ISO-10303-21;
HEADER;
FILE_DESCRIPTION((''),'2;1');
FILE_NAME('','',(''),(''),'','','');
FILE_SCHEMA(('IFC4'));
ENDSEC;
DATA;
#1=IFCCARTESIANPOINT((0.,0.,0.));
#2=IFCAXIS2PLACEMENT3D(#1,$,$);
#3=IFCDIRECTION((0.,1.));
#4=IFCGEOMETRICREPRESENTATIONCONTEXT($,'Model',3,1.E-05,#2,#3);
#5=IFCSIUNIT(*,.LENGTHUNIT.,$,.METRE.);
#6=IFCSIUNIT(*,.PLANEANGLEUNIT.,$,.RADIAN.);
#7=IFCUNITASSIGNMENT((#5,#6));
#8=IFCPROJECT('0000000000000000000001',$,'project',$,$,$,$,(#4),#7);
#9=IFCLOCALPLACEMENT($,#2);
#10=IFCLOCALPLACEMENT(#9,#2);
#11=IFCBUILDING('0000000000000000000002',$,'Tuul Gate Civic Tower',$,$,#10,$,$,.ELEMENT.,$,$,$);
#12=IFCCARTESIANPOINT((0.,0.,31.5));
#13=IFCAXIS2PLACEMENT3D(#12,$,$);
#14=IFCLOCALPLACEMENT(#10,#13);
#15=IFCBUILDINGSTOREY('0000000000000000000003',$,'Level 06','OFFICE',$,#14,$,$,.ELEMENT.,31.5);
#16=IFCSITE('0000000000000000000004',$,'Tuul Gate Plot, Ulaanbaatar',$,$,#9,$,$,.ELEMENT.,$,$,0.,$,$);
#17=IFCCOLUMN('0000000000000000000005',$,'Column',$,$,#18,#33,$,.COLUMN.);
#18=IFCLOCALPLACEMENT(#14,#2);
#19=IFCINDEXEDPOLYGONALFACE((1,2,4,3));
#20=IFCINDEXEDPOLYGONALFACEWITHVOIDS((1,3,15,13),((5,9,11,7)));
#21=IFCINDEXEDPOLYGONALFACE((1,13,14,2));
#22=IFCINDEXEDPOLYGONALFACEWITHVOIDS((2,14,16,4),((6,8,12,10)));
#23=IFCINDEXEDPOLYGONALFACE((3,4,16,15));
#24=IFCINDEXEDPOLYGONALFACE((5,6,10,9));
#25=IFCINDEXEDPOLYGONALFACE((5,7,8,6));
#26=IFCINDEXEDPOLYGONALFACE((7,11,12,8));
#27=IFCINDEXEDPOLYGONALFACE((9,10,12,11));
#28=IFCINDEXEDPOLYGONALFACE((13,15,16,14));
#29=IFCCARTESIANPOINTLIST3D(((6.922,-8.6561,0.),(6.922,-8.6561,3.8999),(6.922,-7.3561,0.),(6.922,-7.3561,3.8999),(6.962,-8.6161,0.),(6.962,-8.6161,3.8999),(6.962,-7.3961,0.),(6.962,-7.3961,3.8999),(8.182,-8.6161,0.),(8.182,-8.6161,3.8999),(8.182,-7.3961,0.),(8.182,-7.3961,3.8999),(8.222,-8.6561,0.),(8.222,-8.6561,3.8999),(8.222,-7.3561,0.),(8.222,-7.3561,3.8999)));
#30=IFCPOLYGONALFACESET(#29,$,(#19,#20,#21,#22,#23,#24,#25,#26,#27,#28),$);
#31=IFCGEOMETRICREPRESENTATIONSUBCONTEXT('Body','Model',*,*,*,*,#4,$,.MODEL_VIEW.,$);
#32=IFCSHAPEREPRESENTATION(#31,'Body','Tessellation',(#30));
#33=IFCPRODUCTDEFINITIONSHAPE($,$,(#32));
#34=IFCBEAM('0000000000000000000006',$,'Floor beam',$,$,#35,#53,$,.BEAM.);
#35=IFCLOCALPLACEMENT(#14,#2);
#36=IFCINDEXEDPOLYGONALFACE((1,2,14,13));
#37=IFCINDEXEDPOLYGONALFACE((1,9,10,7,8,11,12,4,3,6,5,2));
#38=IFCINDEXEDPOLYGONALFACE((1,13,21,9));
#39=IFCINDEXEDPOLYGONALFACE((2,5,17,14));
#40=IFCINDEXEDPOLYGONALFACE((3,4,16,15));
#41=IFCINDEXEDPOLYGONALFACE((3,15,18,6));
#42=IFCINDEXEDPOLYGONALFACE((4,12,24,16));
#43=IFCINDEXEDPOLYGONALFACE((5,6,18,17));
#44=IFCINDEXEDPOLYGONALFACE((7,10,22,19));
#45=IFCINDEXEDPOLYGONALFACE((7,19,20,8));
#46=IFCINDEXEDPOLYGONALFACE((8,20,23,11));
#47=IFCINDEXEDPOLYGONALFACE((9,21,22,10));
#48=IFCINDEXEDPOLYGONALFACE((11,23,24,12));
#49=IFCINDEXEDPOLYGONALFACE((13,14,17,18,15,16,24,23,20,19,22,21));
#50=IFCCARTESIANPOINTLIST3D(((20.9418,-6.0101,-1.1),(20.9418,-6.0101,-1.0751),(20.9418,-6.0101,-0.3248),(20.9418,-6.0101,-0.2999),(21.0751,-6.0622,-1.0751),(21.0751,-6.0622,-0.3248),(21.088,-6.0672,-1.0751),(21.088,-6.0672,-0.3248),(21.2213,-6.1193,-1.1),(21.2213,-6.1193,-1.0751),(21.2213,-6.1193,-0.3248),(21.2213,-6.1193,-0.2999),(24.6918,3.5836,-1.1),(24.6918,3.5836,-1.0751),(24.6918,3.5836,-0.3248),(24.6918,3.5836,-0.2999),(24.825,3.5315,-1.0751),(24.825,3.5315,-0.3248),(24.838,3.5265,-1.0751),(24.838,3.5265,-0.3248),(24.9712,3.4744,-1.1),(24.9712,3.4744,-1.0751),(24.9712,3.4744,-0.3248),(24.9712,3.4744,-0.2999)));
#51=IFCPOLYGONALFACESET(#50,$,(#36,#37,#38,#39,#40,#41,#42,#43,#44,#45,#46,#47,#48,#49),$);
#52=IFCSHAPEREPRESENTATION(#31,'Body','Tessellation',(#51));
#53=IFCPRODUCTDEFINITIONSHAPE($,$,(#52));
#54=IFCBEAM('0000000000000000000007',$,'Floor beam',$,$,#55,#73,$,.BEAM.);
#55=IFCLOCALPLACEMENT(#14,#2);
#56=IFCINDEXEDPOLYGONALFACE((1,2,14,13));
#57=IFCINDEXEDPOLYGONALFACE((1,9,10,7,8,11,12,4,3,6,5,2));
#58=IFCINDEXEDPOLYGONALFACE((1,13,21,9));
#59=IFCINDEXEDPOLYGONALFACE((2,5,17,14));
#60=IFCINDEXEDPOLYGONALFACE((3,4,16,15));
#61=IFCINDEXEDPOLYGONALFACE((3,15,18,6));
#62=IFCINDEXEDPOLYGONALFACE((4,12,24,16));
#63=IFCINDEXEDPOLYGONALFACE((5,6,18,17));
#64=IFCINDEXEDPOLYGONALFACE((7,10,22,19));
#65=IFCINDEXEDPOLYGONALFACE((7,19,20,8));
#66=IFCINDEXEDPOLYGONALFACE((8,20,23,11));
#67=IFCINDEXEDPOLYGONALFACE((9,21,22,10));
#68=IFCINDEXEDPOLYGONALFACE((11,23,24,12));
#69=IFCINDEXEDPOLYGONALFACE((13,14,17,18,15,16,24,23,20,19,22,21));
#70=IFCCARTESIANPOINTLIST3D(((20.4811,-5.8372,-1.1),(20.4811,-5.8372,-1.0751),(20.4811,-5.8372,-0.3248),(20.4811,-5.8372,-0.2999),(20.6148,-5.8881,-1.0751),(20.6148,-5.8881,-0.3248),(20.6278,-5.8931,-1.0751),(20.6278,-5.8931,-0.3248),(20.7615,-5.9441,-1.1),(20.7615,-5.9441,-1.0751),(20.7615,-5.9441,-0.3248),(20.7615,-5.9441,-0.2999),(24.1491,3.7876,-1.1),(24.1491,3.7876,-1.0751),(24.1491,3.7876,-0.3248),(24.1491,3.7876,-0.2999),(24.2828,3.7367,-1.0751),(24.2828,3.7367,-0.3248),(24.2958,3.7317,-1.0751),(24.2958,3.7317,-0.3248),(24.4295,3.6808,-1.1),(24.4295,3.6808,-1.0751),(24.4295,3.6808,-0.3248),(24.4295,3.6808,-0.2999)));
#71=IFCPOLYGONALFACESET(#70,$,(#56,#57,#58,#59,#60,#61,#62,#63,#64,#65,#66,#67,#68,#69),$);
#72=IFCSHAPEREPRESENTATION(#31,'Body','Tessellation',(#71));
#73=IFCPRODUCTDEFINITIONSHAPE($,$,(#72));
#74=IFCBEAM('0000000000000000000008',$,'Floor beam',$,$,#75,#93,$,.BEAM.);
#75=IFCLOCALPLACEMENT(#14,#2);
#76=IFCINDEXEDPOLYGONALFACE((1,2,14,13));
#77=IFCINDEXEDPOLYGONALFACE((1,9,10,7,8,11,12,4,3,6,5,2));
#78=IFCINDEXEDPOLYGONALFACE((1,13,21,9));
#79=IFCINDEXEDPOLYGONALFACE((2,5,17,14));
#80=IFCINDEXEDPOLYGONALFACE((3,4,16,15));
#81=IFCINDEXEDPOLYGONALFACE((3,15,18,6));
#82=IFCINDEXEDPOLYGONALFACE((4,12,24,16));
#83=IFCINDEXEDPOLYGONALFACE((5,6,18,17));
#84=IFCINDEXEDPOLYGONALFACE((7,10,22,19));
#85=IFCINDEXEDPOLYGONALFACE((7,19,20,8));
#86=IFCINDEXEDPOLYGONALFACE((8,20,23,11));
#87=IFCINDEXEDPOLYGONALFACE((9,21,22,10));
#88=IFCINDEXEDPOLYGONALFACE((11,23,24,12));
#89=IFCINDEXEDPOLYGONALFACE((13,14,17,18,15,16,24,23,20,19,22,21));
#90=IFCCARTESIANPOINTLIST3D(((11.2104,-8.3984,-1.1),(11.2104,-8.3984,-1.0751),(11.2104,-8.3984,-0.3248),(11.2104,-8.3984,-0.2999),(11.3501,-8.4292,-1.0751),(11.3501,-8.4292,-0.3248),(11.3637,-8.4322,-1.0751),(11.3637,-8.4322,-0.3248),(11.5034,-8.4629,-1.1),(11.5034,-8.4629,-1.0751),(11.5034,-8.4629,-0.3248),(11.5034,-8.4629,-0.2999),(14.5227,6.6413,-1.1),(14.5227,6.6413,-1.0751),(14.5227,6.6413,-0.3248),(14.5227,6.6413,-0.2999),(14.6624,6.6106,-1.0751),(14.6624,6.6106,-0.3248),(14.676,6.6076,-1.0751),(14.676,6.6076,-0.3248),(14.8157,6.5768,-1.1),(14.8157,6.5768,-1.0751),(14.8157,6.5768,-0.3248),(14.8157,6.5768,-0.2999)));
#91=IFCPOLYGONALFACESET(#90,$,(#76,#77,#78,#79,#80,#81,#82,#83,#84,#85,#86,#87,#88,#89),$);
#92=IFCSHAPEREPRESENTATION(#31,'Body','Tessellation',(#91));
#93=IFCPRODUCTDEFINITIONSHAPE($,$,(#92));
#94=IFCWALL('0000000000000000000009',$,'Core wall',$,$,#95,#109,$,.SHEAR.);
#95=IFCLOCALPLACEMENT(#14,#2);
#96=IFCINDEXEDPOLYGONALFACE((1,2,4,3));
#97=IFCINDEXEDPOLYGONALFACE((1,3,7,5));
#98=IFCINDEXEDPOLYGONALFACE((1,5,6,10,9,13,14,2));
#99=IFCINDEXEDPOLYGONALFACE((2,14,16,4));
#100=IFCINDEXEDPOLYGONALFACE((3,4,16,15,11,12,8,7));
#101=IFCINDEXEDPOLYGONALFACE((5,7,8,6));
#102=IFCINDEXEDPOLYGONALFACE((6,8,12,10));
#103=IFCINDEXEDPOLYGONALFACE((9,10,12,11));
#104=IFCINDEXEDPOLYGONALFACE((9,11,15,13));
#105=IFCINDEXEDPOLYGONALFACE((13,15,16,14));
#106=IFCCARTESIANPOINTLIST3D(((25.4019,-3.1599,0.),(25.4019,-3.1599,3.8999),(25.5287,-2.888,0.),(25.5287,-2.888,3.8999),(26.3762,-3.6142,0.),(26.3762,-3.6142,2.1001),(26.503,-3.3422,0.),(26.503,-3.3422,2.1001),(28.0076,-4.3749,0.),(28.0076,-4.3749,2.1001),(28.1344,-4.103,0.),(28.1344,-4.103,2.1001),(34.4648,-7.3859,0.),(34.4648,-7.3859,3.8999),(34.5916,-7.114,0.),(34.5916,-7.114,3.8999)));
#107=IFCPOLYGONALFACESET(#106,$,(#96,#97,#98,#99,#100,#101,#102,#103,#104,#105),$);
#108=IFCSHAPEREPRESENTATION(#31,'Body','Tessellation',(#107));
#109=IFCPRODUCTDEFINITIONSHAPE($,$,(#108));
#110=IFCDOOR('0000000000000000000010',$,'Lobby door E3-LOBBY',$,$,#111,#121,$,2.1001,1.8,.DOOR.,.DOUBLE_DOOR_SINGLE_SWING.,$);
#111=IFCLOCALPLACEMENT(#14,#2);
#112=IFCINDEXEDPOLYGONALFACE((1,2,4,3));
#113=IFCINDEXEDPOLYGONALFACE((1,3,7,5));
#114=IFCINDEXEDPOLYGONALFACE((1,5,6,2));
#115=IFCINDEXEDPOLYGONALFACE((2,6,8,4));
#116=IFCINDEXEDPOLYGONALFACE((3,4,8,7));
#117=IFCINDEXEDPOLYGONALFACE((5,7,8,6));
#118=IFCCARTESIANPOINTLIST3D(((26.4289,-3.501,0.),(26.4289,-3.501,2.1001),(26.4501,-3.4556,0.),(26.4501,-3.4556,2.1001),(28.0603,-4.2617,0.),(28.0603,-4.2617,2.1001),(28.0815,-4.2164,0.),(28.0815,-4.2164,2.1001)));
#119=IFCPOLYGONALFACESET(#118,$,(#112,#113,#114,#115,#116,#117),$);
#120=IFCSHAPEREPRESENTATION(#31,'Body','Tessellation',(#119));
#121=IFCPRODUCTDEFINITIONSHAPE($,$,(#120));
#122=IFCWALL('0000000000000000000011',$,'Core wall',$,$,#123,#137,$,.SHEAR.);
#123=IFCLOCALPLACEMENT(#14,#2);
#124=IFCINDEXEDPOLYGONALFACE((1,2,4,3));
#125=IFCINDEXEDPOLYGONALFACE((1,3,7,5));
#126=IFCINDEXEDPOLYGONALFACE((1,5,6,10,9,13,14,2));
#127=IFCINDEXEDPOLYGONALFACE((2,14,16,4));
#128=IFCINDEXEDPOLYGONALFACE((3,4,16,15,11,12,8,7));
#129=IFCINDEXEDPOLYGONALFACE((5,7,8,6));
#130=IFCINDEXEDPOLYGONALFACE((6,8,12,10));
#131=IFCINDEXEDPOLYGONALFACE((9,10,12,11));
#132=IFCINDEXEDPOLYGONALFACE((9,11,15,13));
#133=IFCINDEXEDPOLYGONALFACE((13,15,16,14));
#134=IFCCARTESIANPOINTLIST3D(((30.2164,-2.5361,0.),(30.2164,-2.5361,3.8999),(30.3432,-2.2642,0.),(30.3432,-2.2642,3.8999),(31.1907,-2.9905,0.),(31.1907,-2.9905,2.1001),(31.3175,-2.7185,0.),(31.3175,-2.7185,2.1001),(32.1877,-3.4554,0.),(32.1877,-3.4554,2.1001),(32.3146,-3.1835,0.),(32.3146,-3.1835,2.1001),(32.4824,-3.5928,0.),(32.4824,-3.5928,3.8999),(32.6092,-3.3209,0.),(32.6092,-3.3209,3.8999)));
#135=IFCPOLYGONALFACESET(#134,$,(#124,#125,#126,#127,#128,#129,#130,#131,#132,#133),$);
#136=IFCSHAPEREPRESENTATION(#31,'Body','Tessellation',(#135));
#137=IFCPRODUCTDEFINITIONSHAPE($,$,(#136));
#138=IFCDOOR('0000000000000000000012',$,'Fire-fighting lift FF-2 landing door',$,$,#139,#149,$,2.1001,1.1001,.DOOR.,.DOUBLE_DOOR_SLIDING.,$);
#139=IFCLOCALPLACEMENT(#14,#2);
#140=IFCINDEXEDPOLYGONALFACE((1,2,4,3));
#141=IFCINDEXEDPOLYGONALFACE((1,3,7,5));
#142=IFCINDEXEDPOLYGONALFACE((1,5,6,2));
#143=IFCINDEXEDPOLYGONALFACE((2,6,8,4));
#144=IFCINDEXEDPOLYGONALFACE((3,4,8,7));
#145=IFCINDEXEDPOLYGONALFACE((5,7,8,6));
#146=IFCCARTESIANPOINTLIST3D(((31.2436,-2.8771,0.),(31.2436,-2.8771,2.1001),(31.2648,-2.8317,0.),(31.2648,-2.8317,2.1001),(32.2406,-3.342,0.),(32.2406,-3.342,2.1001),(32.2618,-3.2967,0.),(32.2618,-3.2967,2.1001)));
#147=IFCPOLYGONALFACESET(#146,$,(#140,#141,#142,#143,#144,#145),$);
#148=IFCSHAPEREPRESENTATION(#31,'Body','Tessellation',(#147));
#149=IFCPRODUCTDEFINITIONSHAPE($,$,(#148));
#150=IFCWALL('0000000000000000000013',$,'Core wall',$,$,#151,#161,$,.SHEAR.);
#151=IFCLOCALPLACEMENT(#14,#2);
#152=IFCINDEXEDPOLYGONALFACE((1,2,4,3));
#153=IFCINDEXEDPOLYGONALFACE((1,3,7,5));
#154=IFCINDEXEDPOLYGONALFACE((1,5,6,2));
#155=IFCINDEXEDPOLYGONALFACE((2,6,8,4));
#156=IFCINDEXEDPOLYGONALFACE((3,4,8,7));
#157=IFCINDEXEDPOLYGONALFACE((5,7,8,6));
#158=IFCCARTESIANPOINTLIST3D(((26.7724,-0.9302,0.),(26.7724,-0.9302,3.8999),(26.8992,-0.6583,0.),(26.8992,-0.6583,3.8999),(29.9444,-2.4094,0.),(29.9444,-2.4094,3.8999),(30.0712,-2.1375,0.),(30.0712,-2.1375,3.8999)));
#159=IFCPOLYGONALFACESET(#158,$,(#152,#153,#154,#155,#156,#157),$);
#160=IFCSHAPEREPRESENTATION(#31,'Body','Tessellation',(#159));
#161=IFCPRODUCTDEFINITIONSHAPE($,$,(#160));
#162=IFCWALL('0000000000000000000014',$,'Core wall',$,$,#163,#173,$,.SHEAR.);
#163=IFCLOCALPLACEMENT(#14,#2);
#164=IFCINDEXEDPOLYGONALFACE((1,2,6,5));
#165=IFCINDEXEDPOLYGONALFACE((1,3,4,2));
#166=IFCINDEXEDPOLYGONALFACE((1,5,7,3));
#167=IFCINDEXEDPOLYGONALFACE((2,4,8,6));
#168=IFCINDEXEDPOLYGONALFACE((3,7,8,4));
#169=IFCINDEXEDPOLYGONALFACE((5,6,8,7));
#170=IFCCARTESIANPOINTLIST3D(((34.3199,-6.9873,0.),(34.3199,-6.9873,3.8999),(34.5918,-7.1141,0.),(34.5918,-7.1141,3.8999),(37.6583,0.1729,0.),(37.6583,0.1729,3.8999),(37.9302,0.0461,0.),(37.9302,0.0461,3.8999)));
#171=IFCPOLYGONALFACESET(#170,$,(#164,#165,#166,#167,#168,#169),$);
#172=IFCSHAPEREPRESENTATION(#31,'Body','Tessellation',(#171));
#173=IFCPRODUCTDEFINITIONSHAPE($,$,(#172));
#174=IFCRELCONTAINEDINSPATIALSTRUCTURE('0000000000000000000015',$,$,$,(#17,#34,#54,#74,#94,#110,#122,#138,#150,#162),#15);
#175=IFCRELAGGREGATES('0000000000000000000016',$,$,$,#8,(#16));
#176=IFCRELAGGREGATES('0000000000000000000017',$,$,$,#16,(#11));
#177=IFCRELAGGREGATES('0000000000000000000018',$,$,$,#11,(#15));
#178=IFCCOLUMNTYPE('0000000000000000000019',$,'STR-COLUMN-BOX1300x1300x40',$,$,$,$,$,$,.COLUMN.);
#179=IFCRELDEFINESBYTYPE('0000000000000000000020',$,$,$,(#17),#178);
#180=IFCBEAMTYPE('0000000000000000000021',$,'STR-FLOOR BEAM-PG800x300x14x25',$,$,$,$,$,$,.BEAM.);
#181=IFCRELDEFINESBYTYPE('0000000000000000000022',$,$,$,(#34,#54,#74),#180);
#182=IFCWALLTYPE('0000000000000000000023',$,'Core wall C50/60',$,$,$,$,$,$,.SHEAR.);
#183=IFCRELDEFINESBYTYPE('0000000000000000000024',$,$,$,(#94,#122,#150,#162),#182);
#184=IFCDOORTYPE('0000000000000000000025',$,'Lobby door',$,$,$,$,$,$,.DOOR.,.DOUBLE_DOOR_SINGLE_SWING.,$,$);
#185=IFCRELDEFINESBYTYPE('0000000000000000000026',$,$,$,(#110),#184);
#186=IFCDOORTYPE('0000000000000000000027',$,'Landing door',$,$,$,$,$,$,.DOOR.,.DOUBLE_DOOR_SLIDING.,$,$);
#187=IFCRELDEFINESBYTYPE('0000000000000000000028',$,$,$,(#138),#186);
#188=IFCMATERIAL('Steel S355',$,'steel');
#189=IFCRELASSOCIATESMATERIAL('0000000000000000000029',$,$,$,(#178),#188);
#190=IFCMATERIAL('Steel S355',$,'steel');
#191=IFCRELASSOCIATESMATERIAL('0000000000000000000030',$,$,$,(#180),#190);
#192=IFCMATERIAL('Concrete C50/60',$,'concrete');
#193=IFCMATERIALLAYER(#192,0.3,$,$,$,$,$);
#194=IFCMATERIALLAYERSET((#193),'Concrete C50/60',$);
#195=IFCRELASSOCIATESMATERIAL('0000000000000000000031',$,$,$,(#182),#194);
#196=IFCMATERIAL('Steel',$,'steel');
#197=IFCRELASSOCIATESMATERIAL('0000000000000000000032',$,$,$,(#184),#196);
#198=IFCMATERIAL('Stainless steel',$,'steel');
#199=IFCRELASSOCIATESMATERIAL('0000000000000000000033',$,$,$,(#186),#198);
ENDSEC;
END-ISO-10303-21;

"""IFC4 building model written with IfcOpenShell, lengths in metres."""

from ifc_helpers import new_model, si_unit, direction, frame, frame_2d, origin, origin_2d, place, context, subcontext, project, spatial, rectangle, hollow_rectangle, i_section, extrude, material, layer, layer_set, material_profile, profile_set, type_object, element, fill, save


model = new_model("IFC4")

# Units and contexts
model_context = context("Model", 3, precision=1e-05, world=origin(), true_north=direction((0.0, 1.0)))
body_context = subcontext(model_context, "Body", "Model", "MODEL_VIEW")
ifc_project = project(units=[si_unit("LENGTHUNIT", "METRE"), si_unit("PLANEANGLEUNIT", "RADIAN")], contexts=[model_context])

# Site, building, storey
site_placement = place(None, origin())
site = spatial("IfcSite", under=ifc_project, at=site_placement, Name="Tuul Gate Plot, Ulaanbaatar", CompositionType="ELEMENT", RefElevation=0.0)
building_placement = place(site_placement, origin())
building = spatial("IfcBuilding", under=site, at=building_placement, Name="Tuul Gate Civic Tower", CompositionType="ELEMENT")
storey_placement = place(building_placement, frame((0.0, 0.0, 31.5)))
storey = spatial("IfcBuildingStorey", under=building, at=storey_placement, Name="Level 06", Description="OFFICE", CompositionType="ELEMENT", Elevation=31.5)

# Column
ifc_material_1 = material(Name="Steel S355", Category="steel")
ifc_material_profile_1 = material_profile(ifc_material_1, hollow_rectangle(XDim=1.3, YDim=1.3, WallThickness=0.04, at=origin_2d()), Name="BOX1300x1300x40")
ifc_profile_set_1 = profile_set([ifc_material_profile_1], Name="Steel S355")
column_type = type_object("IfcColumnType", Name="STR-COLUMN-BOX1300x1300x40", PredefinedType="COLUMN", material=ifc_profile_set_1)
column_placement = place(storey_placement, frame((7.572, -8.0061, 0.0), z_axis=(0.0, 0.0, 1.0), x_axis=(1.0, 0.0, 0.0)))
element("IfcColumn", 1, at=column_placement, inside=storey, type_object=column_type, Name="Column", PredefinedType="COLUMN", context=body_context, shape_type="SweptSolid", body=[
    extrude(hollow_rectangle(XDim=1.3, YDim=1.3, WallThickness=0.04, at=origin_2d()), origin(), (0.0, 0.0, 1.0), 3.8999),
])

# Beams
ifc_material_2 = material(Name="Steel S355", Category="steel")
ifc_material_profile_2 = material_profile(ifc_material_2, i_section(OverallWidth=0.3, OverallDepth=0.8, WebThickness=0.0139, FlangeThickness=0.0249, at=origin_2d()), Name="PG800x300x14x25")
ifc_profile_set_2 = profile_set([ifc_material_profile_2], Name="Steel S355")
beam_type = type_object("IfcBeamType", Name="STR-FLOOR BEAM-PG800x300x14x25", PredefinedType="BEAM", material=ifc_profile_set_2)
beam_1_placement = place(storey_placement, frame((21.0815, -6.0647, -0.7), z_axis=(0.364056, 0.931377, 0.0), x_axis=(-0.931377, 0.364056, 0.0)))
element("IfcBeam", 2, at=beam_1_placement, inside=storey, type_object=beam_type, Name="Floor beam", PredefinedType="BEAM", context=body_context, shape_type="SweptSolid", body=[
    extrude(i_section(OverallWidth=0.3, OverallDepth=0.8, WebThickness=0.0139, FlangeThickness=0.0249, at=origin_2d()), origin(), (0.0, 0.0, 1.0), 10.3005),
])
beam_2_placement = place(storey_placement, frame((20.6213, -5.8906, -0.7), z_axis=(0.356114, 0.934443, 0.0), x_axis=(-0.934443, 0.356114, 0.0)))
element("IfcBeam", 3, at=beam_2_placement, inside=storey, type_object=beam_type, Name="Floor beam", PredefinedType="BEAM", context=body_context, shape_type="SweptSolid", body=[
    extrude(i_section(OverallWidth=0.3, OverallDepth=0.8, WebThickness=0.0139, FlangeThickness=0.0249, at=origin_2d()), origin(), (0.0, 0.0, 1.0), 10.3),
])
beam_3_placement = place(storey_placement, frame((11.3569, -8.4307, -0.7), z_axis=(0.215079, 0.976597, 0.0), x_axis=(-0.976597, 0.215079, 0.0)))
element("IfcBeam", 4, at=beam_3_placement, inside=storey, type_object=beam_type, Name="Floor beam", PredefinedType="BEAM", context=body_context, shape_type="SweptSolid", body=[
    extrude(i_section(OverallWidth=0.3, OverallDepth=0.8, WebThickness=0.0139, FlangeThickness=0.0249, at=origin_2d()), origin(), (0.0, 0.0, 1.0), 15.4001),
])

# Walls, openings, doors
ifc_material_3 = material(Name="Concrete C50/60", Category="concrete")
ifc_layer_1 = layer(ifc_material_3, 0.3)
ifc_layer_set_1 = layer_set([ifc_layer_1], Name="Concrete C50/60")
wall_type_1 = type_object("IfcWallType", Name="Core wall C50/60", PredefinedType="SHEAR", material=ifc_layer_set_1)
wall_1_placement = place(storey_placement, frame((34.5283, -7.25, 0.0), z_axis=(0.0, 0.0, 1.0), x_axis=(-0.90631, 0.422613, 0.0)))
wall_1 = element("IfcWall", 5, at=wall_1_placement, inside=storey, type_object=wall_type_1, Name="Core wall", PredefinedType="SHEAR", context=body_context, shape_type="SweptSolid", body=[
    extrude(rectangle(XDim=9.9998, YDim=0.3, at=frame_2d((5.0, 0.0))), origin(), (0.0, 0.0, 1.0), 3.8999),
])
opening_1_placement = place(wall_1_placement, frame((7.125, 0.0, 0.0)))
opening_1 = element("IfcOpeningElement", 6, at=opening_1_placement, cuts=wall_1, PredefinedType="OPENING", context=body_context, shape_type="SweptSolid", body=[
    extrude(rectangle(XDim=1.8, YDim=2.1001, at=frame_2d((0.8999, 1.05))), frame((0.0, 0.1602, 0.0), z_axis=(0.0, -1.0, 0.0), x_axis=(1.0, 0.0, 0.0)), (0.0, 0.0, 1.0), 0.3201),
])
ifc_material_4 = material(Name="Steel", Category="steel")
door_type_1 = type_object("IfcDoorType", Name="Lobby door", OperationType="DOUBLE_DOOR_SINGLE_SWING", PredefinedType="DOOR", material=ifc_material_4)
door_1_placement = place(opening_1_placement, frame((1.8, 0.0, 0.0), z_axis=(0.0, 0.0, 1.0), x_axis=(-1.0, 0.0, 0.0)))
door_1 = element("IfcDoor", 7, at=door_1_placement, inside=storey, type_object=door_type_1, Name="Lobby door E3-LOBBY", OperationType="DOUBLE_DOOR_SINGLE_SWING", OverallHeight=2.1001, OverallWidth=1.8, PredefinedType="DOOR", context=body_context, shape_type="SweptSolid", body=[
    extrude(rectangle(XDim=1.8, YDim=2.1001, at=frame_2d((0.9001, 1.05))), frame((0.0, 0.0249, 0.0), z_axis=(0.0, -1.0, 0.0), x_axis=(1.0, 0.0, 0.0)), (0.0, 0.0, 1.0), 0.05),
])
fill(opening_1, door_1)
wall_2_placement = place(storey_placement, frame((32.5457, -3.4568, 0.0), z_axis=(0.0, 0.0, 1.0), x_axis=(-0.9063, 0.422634, 0.0)))
wall_2 = element("IfcWall", 8, at=wall_2_placement, inside=storey, type_object=wall_type_1, Name="Core wall", PredefinedType="SHEAR", context=body_context, shape_type="SweptSolid", body=[
    extrude(rectangle(XDim=2.5002, YDim=0.3, at=frame_2d((1.25, 0.0))), origin(), (0.0, 0.0, 1.0), 3.8999),
])
opening_2_placement = place(wall_2_placement, frame((0.325, 0.0, 0.0)))
opening_2 = element("IfcOpeningElement", 9, at=opening_2_placement, cuts=wall_2, PredefinedType="OPENING", context=body_context, shape_type="SweptSolid", body=[
    extrude(rectangle(XDim=1.1001, YDim=2.1001, at=frame_2d((0.55, 1.05))), frame((0.0, 0.1602, 0.0), z_axis=(0.0, -1.0, 0.0), x_axis=(1.0, 0.0, 0.0)), (0.0, 0.0, 1.0), 0.3201),
])
ifc_material_5 = material(Name="Stainless steel", Category="steel")
door_type_2 = type_object("IfcDoorType", Name="Landing door", OperationType="DOUBLE_DOOR_SLIDING", PredefinedType="DOOR", material=ifc_material_5)
door_2_placement = place(opening_2_placement, origin())
door_2 = element("IfcDoor", 10, at=door_2_placement, inside=storey, type_object=door_type_2, Name="Fire-fighting lift FF-2 landing door", OperationType="DOUBLE_DOOR_SLIDING", OverallHeight=2.1001, OverallWidth=1.1001, PredefinedType="DOOR", context=body_context, shape_type="SweptSolid", body=[
    extrude(rectangle(XDim=1.1001, YDim=2.1001, at=frame_2d((0.55, 1.05))), frame((0.0, 0.0249, 0.0), z_axis=(0.0, -1.0, 0.0), x_axis=(1.0, 0.0, 0.0)), (0.0, 0.0, 1.0), 0.05),
])
fill(opening_2, door_2)

# Walls
wall_3_placement = place(storey_placement, frame((30.0078, -2.2734, 0.0), z_axis=(0.0, 0.0, 1.0), x_axis=(-0.906301, 0.422633, 0.0)))
element("IfcWall", 11, at=wall_3_placement, inside=storey, type_object=wall_type_1, Name="Core wall", PredefinedType="SHEAR", context=body_context, shape_type="SweptSolid", body=[
    extrude(rectangle(XDim=3.5, YDim=0.3, at=frame_2d((1.75, 0.0))), origin(), (0.0, 0.0, 1.0), 3.8999),
])
wall_4_placement = place(storey_placement, frame((34.4558, -7.0508, 0.0), z_axis=(0.0, 0.0, 1.0), x_axis=(0.422571, 0.90633, 0.0)))
element("IfcWall", 12, at=wall_4_placement, inside=storey, type_object=wall_type_1, Name="Core wall", PredefinedType="SHEAR", context=body_context, shape_type="SweptSolid", body=[
    extrude(rectangle(XDim=7.9001, YDim=0.3, at=frame_2d((3.9502, 0.0))), origin(), (0.0, 0.0, 1.0), 3.8999),
])

save(model, "model.ifc")
